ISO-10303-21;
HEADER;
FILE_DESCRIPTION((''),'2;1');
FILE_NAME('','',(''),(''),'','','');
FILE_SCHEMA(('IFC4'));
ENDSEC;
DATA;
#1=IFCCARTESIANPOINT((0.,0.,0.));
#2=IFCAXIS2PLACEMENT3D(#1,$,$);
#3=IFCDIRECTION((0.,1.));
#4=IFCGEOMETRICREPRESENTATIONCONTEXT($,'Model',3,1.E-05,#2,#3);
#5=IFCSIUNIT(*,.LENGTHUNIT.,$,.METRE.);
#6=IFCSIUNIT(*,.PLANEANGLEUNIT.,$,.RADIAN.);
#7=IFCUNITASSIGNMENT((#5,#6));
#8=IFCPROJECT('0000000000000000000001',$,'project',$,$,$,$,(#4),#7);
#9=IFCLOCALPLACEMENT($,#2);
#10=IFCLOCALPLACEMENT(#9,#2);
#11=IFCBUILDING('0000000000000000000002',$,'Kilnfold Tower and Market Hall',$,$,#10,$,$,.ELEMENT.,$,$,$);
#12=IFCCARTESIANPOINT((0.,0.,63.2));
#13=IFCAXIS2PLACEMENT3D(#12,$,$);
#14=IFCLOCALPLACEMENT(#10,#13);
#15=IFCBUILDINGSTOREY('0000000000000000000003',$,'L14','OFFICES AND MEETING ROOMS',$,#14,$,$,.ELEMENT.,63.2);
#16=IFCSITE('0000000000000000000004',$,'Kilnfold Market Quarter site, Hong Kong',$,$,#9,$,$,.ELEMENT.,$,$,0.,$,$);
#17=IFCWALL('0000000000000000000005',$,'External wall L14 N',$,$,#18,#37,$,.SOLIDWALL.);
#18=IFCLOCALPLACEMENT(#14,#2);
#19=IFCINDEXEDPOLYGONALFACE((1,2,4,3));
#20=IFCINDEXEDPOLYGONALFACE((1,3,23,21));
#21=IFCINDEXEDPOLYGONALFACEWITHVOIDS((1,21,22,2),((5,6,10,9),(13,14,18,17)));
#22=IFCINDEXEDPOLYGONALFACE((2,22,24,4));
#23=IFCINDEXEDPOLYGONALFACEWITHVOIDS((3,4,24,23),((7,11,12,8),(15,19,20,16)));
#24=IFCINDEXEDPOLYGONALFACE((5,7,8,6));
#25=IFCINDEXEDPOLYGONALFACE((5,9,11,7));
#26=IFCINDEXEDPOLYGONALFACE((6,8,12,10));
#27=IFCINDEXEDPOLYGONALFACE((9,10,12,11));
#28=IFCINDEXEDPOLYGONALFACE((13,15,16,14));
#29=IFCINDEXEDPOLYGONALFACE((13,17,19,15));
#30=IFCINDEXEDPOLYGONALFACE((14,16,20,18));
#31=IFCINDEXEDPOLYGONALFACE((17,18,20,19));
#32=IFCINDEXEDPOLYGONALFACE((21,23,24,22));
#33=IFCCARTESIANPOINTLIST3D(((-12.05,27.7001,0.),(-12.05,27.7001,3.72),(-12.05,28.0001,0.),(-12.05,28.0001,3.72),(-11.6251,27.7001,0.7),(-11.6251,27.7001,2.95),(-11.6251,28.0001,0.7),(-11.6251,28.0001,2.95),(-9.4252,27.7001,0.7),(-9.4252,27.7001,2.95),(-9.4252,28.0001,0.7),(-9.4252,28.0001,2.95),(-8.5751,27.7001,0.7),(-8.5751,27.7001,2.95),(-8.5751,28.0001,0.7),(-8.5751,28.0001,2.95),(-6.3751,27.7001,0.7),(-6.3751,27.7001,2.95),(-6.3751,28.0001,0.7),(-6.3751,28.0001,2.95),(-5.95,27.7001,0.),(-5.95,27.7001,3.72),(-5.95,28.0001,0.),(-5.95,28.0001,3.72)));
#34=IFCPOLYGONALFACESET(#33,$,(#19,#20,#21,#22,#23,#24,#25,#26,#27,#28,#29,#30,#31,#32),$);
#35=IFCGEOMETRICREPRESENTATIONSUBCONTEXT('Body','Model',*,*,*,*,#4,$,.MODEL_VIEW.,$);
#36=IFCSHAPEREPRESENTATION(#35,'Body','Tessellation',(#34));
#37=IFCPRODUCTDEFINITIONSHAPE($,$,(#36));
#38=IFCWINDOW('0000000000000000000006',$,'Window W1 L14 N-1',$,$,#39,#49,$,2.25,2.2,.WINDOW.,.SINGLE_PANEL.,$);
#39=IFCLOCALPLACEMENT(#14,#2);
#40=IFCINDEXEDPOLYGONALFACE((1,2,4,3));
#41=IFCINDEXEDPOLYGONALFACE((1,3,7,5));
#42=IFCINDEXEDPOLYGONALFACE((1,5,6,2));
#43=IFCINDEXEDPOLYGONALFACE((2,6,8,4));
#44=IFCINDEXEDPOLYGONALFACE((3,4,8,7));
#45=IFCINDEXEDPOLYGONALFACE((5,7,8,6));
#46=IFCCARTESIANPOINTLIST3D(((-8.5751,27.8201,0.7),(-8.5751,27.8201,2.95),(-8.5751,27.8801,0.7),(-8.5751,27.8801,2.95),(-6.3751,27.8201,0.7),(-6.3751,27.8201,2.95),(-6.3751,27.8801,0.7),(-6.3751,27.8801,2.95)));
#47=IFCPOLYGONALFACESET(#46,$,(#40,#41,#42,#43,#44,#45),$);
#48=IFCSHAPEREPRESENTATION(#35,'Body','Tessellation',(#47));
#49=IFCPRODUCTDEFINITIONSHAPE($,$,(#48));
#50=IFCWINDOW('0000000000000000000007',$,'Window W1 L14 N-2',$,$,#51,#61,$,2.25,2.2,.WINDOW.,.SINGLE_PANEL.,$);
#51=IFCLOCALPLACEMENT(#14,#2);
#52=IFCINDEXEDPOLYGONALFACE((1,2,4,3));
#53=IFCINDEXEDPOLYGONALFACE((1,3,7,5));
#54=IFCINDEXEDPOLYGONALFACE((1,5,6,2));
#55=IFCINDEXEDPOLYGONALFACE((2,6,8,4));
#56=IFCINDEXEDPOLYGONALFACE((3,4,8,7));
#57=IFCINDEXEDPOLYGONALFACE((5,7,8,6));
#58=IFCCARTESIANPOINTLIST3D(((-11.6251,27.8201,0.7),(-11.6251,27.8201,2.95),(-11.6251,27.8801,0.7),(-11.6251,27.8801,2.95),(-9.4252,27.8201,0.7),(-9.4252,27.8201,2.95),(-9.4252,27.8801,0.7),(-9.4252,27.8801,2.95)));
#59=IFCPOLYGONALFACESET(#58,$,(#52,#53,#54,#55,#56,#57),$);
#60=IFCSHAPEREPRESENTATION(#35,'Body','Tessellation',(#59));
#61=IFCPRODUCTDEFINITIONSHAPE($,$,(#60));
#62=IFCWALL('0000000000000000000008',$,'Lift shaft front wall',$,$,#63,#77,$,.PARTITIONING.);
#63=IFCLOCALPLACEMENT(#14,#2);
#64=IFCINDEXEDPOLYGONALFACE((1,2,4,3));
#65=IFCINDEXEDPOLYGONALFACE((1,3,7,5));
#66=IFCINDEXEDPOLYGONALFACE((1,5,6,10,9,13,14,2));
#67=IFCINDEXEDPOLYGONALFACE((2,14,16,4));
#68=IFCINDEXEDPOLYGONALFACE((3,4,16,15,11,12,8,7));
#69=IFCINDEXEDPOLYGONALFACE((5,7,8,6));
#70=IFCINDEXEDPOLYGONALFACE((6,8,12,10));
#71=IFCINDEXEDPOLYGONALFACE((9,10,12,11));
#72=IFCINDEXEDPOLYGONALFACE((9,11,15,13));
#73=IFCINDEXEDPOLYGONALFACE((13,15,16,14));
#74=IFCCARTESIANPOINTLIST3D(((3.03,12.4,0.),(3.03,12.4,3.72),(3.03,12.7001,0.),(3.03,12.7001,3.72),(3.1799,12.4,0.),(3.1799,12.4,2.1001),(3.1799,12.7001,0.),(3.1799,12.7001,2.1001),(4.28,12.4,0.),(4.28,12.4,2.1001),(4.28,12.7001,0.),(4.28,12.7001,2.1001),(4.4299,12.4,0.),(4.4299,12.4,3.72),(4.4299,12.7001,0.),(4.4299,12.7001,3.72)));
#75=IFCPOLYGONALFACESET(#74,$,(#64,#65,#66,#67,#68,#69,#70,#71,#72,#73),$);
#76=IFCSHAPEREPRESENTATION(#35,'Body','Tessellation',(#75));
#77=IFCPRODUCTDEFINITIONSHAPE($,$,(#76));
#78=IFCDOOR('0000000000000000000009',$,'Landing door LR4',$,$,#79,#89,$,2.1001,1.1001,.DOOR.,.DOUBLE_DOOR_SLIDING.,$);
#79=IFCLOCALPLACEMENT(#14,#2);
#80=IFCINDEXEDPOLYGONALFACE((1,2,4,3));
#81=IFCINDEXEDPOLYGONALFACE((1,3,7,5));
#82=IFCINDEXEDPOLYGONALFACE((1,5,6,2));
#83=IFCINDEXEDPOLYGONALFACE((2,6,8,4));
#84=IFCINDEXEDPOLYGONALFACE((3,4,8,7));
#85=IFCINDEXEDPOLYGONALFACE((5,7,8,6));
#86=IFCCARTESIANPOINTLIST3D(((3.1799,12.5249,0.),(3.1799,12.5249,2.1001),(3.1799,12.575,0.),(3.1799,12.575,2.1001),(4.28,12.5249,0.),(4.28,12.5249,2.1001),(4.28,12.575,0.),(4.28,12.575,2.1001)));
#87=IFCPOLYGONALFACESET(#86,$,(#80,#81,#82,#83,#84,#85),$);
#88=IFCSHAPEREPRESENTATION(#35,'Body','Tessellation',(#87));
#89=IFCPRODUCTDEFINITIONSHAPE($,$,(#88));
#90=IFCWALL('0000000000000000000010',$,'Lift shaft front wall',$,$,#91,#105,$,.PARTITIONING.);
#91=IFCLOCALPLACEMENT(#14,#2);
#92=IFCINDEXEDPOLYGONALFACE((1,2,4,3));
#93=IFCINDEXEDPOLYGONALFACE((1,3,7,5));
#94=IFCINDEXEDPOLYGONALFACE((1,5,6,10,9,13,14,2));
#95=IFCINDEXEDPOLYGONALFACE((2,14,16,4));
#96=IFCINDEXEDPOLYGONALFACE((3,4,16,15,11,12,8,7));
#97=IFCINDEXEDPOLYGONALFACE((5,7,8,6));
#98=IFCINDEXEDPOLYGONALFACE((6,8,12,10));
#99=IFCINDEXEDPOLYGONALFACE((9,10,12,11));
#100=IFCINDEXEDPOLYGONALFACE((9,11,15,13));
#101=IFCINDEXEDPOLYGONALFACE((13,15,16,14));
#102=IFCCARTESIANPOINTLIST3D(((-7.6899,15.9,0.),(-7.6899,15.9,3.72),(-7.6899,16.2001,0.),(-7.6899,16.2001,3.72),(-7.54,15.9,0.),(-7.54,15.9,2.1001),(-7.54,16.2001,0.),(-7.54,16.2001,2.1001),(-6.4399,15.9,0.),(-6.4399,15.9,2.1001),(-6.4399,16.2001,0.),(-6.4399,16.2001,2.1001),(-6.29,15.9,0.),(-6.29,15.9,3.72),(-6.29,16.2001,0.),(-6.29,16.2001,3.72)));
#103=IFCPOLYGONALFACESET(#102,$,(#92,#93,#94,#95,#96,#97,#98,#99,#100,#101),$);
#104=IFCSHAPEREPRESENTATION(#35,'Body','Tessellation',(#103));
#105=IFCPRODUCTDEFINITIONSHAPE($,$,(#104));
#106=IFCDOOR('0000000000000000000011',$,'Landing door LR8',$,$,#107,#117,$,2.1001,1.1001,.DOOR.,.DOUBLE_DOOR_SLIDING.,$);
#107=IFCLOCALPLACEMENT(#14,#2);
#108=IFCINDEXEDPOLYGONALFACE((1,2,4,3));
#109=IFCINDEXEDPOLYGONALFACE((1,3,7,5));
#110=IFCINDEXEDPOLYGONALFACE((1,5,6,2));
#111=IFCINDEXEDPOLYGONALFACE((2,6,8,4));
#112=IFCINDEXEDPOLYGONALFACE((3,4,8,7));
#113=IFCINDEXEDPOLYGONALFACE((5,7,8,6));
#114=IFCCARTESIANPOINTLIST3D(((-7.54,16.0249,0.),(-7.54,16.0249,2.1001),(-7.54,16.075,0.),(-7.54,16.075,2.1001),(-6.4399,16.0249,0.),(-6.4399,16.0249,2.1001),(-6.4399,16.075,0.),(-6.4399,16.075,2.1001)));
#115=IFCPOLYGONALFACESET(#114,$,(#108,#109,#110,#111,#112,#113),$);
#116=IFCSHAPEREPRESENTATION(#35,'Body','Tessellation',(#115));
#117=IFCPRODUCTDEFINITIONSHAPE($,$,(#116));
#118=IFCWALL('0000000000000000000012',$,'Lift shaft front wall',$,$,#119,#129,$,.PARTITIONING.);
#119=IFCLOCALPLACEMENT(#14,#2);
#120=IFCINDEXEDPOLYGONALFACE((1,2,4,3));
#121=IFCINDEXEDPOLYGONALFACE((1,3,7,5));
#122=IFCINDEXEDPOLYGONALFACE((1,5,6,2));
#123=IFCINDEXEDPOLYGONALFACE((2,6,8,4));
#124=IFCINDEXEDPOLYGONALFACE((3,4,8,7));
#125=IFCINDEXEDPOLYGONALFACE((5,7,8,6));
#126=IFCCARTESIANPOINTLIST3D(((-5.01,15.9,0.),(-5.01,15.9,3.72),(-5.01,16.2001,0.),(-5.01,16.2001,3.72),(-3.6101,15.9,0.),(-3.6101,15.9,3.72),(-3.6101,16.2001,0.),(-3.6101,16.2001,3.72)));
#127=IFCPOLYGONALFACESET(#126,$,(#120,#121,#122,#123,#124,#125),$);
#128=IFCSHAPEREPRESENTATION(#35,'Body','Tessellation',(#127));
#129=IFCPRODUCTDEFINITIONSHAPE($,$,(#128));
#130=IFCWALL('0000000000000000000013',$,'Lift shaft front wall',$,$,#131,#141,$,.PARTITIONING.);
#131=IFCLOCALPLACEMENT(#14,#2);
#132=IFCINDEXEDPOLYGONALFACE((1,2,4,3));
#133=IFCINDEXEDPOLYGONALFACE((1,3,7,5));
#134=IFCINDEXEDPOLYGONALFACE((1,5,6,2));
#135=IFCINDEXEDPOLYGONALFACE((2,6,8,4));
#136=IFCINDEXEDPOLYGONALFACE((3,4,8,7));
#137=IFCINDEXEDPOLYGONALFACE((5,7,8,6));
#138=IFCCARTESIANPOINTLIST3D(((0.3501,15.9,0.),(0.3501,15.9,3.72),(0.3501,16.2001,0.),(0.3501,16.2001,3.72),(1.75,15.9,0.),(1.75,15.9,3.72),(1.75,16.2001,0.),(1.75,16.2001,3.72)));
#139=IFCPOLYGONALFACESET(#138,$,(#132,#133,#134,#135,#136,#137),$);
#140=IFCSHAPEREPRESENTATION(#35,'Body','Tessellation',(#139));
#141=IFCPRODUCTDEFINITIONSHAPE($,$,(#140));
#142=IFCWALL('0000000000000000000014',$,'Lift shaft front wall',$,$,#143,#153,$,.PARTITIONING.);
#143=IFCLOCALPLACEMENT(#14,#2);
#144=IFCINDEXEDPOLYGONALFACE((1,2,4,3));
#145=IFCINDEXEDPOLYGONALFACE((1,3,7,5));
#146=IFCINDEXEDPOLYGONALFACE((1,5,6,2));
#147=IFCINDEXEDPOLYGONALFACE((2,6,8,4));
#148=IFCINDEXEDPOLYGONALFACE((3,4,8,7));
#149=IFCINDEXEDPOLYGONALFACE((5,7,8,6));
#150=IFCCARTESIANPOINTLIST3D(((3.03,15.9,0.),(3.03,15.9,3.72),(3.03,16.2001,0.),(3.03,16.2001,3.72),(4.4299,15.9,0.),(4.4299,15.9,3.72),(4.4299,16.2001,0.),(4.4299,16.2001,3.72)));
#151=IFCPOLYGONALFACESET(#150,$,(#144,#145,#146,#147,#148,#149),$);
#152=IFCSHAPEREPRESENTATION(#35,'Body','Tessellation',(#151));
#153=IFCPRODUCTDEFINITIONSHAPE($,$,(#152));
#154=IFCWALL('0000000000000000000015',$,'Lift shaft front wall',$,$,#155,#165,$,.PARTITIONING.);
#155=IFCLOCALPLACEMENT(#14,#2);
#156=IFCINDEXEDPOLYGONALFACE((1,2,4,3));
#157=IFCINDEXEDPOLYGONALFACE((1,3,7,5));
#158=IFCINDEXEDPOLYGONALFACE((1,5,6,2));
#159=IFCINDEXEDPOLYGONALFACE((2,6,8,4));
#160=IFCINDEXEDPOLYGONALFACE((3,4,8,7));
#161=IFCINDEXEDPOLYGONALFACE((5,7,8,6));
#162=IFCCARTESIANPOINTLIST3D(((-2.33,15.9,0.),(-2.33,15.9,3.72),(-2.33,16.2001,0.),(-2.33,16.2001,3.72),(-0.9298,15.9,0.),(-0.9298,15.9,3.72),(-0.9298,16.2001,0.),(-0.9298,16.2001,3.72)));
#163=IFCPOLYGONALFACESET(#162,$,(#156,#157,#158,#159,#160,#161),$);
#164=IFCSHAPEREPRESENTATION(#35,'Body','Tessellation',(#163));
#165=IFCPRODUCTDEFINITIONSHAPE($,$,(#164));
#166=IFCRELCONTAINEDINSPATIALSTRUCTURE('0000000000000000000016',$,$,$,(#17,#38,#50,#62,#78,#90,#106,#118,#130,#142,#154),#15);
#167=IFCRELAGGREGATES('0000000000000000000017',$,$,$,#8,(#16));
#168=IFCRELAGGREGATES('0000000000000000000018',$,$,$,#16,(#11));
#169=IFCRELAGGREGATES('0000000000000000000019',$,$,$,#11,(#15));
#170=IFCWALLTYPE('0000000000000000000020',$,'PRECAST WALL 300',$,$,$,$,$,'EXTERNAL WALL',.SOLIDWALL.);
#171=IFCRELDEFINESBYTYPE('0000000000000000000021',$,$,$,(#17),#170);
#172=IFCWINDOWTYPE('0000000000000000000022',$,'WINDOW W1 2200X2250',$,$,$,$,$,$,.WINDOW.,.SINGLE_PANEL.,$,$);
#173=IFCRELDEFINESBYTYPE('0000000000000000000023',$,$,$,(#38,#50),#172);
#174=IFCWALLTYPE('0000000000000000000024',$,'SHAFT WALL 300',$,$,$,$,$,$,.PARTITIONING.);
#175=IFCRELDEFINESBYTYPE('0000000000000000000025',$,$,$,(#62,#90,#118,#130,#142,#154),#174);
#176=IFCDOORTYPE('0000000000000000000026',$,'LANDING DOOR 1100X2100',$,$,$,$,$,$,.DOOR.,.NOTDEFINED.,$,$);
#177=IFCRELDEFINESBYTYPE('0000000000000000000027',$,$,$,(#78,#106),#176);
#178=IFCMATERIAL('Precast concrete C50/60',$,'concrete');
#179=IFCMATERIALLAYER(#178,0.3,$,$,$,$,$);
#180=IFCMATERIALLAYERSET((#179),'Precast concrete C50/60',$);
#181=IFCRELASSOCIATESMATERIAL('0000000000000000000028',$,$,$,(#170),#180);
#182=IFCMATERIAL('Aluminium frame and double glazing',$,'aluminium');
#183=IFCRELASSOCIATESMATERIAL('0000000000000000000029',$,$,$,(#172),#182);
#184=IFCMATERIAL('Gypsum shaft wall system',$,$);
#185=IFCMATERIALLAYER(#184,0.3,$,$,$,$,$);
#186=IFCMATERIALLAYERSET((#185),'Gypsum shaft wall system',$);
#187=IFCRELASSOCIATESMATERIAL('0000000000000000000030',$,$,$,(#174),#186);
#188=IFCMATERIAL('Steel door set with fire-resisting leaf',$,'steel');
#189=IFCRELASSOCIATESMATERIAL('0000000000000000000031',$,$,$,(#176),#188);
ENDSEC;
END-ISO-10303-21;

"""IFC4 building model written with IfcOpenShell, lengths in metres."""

from ifc_helpers import new_model, si_unit, direction, frame, frame_2d, origin, place, context, subcontext, project, spatial, rectangle, extrude, source, transform, mapped, material, layer, layer_set, type_object, element, fill, save


model = new_model("IFC4")

# Units and contexts
model_context = context("Model", 3, precision=1e-05, world=origin(), true_north=direction((0.0, 1.0)))
body_context = subcontext(model_context, "Body", "Model", "MODEL_VIEW")
ifc_project = project(units=[si_unit("LENGTHUNIT", "METRE"), si_unit("PLANEANGLEUNIT", "RADIAN")], contexts=[model_context])

# Site, building, storey
site_placement = place(None, origin())
site = spatial("IfcSite", under=ifc_project, at=site_placement, Name="Kilnfold Market Quarter site, Hong Kong", CompositionType="ELEMENT", RefElevation=0.0)
building_placement = place(site_placement, origin())
building = spatial("IfcBuilding", under=site, at=building_placement, Name="Kilnfold Tower and Market Hall", CompositionType="ELEMENT")
storey_placement = place(building_placement, frame((0.0, 0.0, 63.2)))
storey = spatial("IfcBuildingStorey", under=building, at=storey_placement, Name="L14", Description="OFFICES AND MEETING ROOMS", CompositionType="ELEMENT", Elevation=63.2)

# Wall, openings, windows
ifc_material_1 = material(Name="Precast concrete C50/60", Category="concrete")
ifc_layer_1 = layer(ifc_material_1, 0.3)
ifc_layer_set_1 = layer_set([ifc_layer_1], Name="Precast concrete C50/60")
wall_type_1 = type_object("IfcWallType", Name="PRECAST WALL 300", ElementType="EXTERNAL WALL", PredefinedType="SOLIDWALL", material=ifc_layer_set_1)
shared_shape_1 = source(origin(), body_context, "Body", "SweptSolid", [
    extrude(rectangle(XDim=6.1001, YDim=0.3, at=frame_2d((3.05, 0.0))), origin(), (0.0, 0.0, 1.0), 3.72),
])
ifc_material_2 = material(Name="Aluminium frame and double glazing", Category="aluminium")
window_type = type_object("IfcWindowType", Name="WINDOW W1 2200X2250", PartitioningType="SINGLE_PANEL", PredefinedType="WINDOW", material=ifc_material_2)
wall_1_placement = place(storey_placement, frame((-5.95, 27.8501, 0.0), z_axis=(0.0, 0.0, 1.0), x_axis=(-1.0, 0.0, 0.0)))
wall_1 = element("IfcWall", 1, at=wall_1_placement, inside=storey, type_object=wall_type_1, Name="External wall L14 N", PredefinedType="SOLIDWALL", context=body_context, shape_type="MappedRepresentation", body=[
    mapped(shared_shape_1, transform((0.0, 0.0, 0.0))),
])
opening_1_placement = place(wall_1_placement, frame((0.425, 0.0, 0.7)))
opening_1 = element("IfcOpeningElement", 2, at=opening_1_placement, cuts=wall_1, PredefinedType="OPENING", context=body_context, shape_type="SweptSolid", body=[
    extrude(rectangle(XDim=2.2, YDim=2.25, at=frame_2d((1.1001, 1.125))), frame((0.0, 0.1602, 0.0), z_axis=(0.0, -1.0, 0.0), x_axis=(1.0, 0.0, 0.0)), (0.0, 0.0, 1.0), 0.3201),
])
opening_2_placement = place(wall_1_placement, frame((3.4751, 0.0, 0.7)))
opening_2 = element("IfcOpeningElement", 3, at=opening_2_placement, cuts=wall_1, PredefinedType="OPENING", context=body_context, shape_type="SweptSolid", body=[
    extrude(rectangle(XDim=2.2, YDim=2.25, at=frame_2d((1.1001, 1.125))), frame((0.0, 0.1602, 0.0), z_axis=(0.0, -1.0, 0.0), x_axis=(1.0, 0.0, 0.0)), (0.0, 0.0, 1.0), 0.3201),
])
window_1_placement = place(opening_1_placement, origin())
window_1 = element("IfcWindow", 4, at=window_1_placement, inside=storey, type_object=window_type, Name="Window W1 L14 N-1", OverallHeight=2.25, OverallWidth=2.2, PartitioningType="SINGLE_PANEL", PredefinedType="WINDOW", context=body_context, shape_type="SweptSolid", body=[
    extrude(rectangle(XDim=2.2, YDim=2.25, at=frame_2d((1.1001, 1.125))), frame((0.0, 0.03, 0.0), z_axis=(0.0, -1.0, 0.0), x_axis=(1.0, 0.0, 0.0)), (0.0, 0.0, 1.0), 0.0601),
])
fill(opening_1, window_1)
window_2_placement = place(opening_2_placement, origin())
window_2 = element("IfcWindow", 5, at=window_2_placement, inside=storey, type_object=window_type, Name="Window W1 L14 N-2", OverallHeight=2.25, OverallWidth=2.2, PartitioningType="SINGLE_PANEL", PredefinedType="WINDOW", context=body_context, shape_type="SweptSolid", body=[
    extrude(rectangle(XDim=2.2, YDim=2.25, at=frame_2d((1.1001, 1.125))), frame((0.0, 0.03, 0.0), z_axis=(0.0, -1.0, 0.0), x_axis=(1.0, 0.0, 0.0)), (0.0, 0.0, 1.0), 0.0601),
])
fill(opening_2, window_2)

# Walls, openings, doors
ifc_material_3 = material(Name="Gypsum shaft wall system")
ifc_layer_2 = layer(ifc_material_3, 0.3)
ifc_layer_set_2 = layer_set([ifc_layer_2], Name="Gypsum shaft wall system")
wall_type_2 = type_object("IfcWallType", Name="SHAFT WALL 300", PredefinedType="PARTITIONING", material=ifc_layer_set_2)
shared_shape_2 = source(origin(), body_context, "Body", "SweptSolid", [
    extrude(rectangle(XDim=1.3999, YDim=0.3, at=frame_2d((0.7, 0.0))), origin(), (0.0, 0.0, 1.0), 3.72),
])
wall_2_placement = place(storey_placement, frame((3.03, 12.55, 0.0), z_axis=(0.0, 0.0, 1.0), x_axis=(1.0, 0.0, 0.0)))
wall_2 = element("IfcWall", 6, at=wall_2_placement, inside=storey, type_object=wall_type_2, Name="Lift shaft front wall", PredefinedType="PARTITIONING", context=body_context, shape_type="MappedRepresentation", body=[
    mapped(shared_shape_2, transform((0.0, 0.0, 0.0))),
])
opening_3_placement = place(wall_2_placement, frame((0.1499, 0.0, 0.0)))
opening_3 = element("IfcOpeningElement", 7, at=opening_3_placement, cuts=wall_2, PredefinedType="OPENING", context=body_context, shape_type="SweptSolid", body=[
    extrude(rectangle(XDim=1.1001, YDim=2.1001, at=frame_2d((0.55, 1.05))), frame((0.0, 0.1602, 0.0), z_axis=(0.0, -1.0, 0.0), x_axis=(1.0, 0.0, 0.0)), (0.0, 0.0, 1.0), 0.3201),
])
ifc_material_4 = material(Name="Steel door set with fire-resisting leaf", Category="steel")
door_type = type_object("IfcDoorType", Name="LANDING DOOR 1100X2100", OperationType="NOTDEFINED", PredefinedType="DOOR", material=ifc_material_4)
door_1_placement = place(opening_3_placement, origin())
door_1 = element("IfcDoor", 8, at=door_1_placement, inside=storey, type_object=door_type, Name="Landing door LR4", OperationType="DOUBLE_DOOR_SLIDING", OverallHeight=2.1001, OverallWidth=1.1001, PredefinedType="DOOR", context=body_context, shape_type="SweptSolid", body=[
    extrude(rectangle(XDim=1.1001, YDim=2.1001, at=frame_2d((0.55, 1.05))), frame((0.0, 0.0249, 0.0), z_axis=(0.0, -1.0, 0.0), x_axis=(1.0, 0.0, 0.0)), (0.0, 0.0, 1.0), 0.05),
])
fill(opening_3, door_1)
wall_3_placement = place(storey_placement, frame((-7.6899, 16.05, 0.0), z_axis=(0.0, 0.0, 1.0), x_axis=(1.0, 0.0, 0.0)))
wall_3 = element("IfcWall", 9, at=wall_3_placement, inside=storey, type_object=wall_type_2, Name="Lift shaft front wall", PredefinedType="PARTITIONING", context=body_context, shape_type="MappedRepresentation", body=[
    mapped(shared_shape_2, transform((0.0, 0.0, 0.0))),
])
opening_4_placement = place(wall_3_placement, frame((0.1499, 0.0, 0.0)))
opening_4 = element("IfcOpeningElement", 10, at=opening_4_placement, cuts=wall_3, PredefinedType="OPENING", context=body_context, shape_type="SweptSolid", body=[
    extrude(rectangle(XDim=1.1001, YDim=2.1001, at=frame_2d((0.55, 1.05))), frame((0.0, 0.1602, 0.0), z_axis=(0.0, -1.0, 0.0), x_axis=(1.0, 0.0, 0.0)), (0.0, 0.0, 1.0), 0.3201),
])
door_2_placement = place(opening_4_placement, origin())
door_2 = element("IfcDoor", 11, at=door_2_placement, inside=storey, type_object=door_type, Name="Landing door LR8", OperationType="DOUBLE_DOOR_SLIDING", OverallHeight=2.1001, OverallWidth=1.1001, PredefinedType="DOOR", context=body_context, shape_type="SweptSolid", body=[
    extrude(rectangle(XDim=1.1001, YDim=2.1001, at=frame_2d((0.55, 1.05))), frame((0.0, 0.0249, 0.0), z_axis=(0.0, -1.0, 0.0), x_axis=(1.0, 0.0, 0.0)), (0.0, 0.0, 1.0), 0.05),
])
fill(opening_4, door_2)

# Walls
for number, where, z_axis, x_axis, name in (
    (12, (-5.01, 16.05, 0.0), (0.0, 0.0, 1.0), (1.0, 0.0, 0.0), "Lift shaft front wall"),
    (13, (0.3501, 16.05, 0.0), (0.0, 0.0, 1.0), (1.0, 0.0, 0.0), "Lift shaft front wall"),
    (14, (3.03, 16.05, 0.0), (0.0, 0.0, 1.0), (1.0, 0.0, 0.0), "Lift shaft front wall"),
):
    element("IfcWall", number, at=place(storey_placement, frame(where, z_axis=z_axis, x_axis=x_axis)), inside=storey, type_object=wall_type_2, Name=name, PredefinedType="PARTITIONING", context=body_context, shape_type="MappedRepresentation", body=[
        mapped(shared_shape_2, transform((0.0, 0.0, 0.0))),
    ])
shared_shape_3 = source(origin(), body_context, "Body", "SweptSolid", [
    extrude(rectangle(XDim=1.4001, YDim=0.3, at=frame_2d((0.7002, 0.0))), origin(), (0.0, 0.0, 1.0), 3.72),
])
wall_4_placement = place(storey_placement, frame((-2.3301, 16.05, 0.0), z_axis=(0.0, 0.0, 1.0), x_axis=(1.0, 0.0, 0.0)))
element("IfcWall", 15, at=wall_4_placement, inside=storey, type_object=wall_type_2, Name="Lift shaft front wall", PredefinedType="PARTITIONING", context=body_context, shape_type="MappedRepresentation", body=[
    mapped(shared_shape_3, transform((0.0, 0.0, 0.0))),
])

save(model, "model.ifc")
